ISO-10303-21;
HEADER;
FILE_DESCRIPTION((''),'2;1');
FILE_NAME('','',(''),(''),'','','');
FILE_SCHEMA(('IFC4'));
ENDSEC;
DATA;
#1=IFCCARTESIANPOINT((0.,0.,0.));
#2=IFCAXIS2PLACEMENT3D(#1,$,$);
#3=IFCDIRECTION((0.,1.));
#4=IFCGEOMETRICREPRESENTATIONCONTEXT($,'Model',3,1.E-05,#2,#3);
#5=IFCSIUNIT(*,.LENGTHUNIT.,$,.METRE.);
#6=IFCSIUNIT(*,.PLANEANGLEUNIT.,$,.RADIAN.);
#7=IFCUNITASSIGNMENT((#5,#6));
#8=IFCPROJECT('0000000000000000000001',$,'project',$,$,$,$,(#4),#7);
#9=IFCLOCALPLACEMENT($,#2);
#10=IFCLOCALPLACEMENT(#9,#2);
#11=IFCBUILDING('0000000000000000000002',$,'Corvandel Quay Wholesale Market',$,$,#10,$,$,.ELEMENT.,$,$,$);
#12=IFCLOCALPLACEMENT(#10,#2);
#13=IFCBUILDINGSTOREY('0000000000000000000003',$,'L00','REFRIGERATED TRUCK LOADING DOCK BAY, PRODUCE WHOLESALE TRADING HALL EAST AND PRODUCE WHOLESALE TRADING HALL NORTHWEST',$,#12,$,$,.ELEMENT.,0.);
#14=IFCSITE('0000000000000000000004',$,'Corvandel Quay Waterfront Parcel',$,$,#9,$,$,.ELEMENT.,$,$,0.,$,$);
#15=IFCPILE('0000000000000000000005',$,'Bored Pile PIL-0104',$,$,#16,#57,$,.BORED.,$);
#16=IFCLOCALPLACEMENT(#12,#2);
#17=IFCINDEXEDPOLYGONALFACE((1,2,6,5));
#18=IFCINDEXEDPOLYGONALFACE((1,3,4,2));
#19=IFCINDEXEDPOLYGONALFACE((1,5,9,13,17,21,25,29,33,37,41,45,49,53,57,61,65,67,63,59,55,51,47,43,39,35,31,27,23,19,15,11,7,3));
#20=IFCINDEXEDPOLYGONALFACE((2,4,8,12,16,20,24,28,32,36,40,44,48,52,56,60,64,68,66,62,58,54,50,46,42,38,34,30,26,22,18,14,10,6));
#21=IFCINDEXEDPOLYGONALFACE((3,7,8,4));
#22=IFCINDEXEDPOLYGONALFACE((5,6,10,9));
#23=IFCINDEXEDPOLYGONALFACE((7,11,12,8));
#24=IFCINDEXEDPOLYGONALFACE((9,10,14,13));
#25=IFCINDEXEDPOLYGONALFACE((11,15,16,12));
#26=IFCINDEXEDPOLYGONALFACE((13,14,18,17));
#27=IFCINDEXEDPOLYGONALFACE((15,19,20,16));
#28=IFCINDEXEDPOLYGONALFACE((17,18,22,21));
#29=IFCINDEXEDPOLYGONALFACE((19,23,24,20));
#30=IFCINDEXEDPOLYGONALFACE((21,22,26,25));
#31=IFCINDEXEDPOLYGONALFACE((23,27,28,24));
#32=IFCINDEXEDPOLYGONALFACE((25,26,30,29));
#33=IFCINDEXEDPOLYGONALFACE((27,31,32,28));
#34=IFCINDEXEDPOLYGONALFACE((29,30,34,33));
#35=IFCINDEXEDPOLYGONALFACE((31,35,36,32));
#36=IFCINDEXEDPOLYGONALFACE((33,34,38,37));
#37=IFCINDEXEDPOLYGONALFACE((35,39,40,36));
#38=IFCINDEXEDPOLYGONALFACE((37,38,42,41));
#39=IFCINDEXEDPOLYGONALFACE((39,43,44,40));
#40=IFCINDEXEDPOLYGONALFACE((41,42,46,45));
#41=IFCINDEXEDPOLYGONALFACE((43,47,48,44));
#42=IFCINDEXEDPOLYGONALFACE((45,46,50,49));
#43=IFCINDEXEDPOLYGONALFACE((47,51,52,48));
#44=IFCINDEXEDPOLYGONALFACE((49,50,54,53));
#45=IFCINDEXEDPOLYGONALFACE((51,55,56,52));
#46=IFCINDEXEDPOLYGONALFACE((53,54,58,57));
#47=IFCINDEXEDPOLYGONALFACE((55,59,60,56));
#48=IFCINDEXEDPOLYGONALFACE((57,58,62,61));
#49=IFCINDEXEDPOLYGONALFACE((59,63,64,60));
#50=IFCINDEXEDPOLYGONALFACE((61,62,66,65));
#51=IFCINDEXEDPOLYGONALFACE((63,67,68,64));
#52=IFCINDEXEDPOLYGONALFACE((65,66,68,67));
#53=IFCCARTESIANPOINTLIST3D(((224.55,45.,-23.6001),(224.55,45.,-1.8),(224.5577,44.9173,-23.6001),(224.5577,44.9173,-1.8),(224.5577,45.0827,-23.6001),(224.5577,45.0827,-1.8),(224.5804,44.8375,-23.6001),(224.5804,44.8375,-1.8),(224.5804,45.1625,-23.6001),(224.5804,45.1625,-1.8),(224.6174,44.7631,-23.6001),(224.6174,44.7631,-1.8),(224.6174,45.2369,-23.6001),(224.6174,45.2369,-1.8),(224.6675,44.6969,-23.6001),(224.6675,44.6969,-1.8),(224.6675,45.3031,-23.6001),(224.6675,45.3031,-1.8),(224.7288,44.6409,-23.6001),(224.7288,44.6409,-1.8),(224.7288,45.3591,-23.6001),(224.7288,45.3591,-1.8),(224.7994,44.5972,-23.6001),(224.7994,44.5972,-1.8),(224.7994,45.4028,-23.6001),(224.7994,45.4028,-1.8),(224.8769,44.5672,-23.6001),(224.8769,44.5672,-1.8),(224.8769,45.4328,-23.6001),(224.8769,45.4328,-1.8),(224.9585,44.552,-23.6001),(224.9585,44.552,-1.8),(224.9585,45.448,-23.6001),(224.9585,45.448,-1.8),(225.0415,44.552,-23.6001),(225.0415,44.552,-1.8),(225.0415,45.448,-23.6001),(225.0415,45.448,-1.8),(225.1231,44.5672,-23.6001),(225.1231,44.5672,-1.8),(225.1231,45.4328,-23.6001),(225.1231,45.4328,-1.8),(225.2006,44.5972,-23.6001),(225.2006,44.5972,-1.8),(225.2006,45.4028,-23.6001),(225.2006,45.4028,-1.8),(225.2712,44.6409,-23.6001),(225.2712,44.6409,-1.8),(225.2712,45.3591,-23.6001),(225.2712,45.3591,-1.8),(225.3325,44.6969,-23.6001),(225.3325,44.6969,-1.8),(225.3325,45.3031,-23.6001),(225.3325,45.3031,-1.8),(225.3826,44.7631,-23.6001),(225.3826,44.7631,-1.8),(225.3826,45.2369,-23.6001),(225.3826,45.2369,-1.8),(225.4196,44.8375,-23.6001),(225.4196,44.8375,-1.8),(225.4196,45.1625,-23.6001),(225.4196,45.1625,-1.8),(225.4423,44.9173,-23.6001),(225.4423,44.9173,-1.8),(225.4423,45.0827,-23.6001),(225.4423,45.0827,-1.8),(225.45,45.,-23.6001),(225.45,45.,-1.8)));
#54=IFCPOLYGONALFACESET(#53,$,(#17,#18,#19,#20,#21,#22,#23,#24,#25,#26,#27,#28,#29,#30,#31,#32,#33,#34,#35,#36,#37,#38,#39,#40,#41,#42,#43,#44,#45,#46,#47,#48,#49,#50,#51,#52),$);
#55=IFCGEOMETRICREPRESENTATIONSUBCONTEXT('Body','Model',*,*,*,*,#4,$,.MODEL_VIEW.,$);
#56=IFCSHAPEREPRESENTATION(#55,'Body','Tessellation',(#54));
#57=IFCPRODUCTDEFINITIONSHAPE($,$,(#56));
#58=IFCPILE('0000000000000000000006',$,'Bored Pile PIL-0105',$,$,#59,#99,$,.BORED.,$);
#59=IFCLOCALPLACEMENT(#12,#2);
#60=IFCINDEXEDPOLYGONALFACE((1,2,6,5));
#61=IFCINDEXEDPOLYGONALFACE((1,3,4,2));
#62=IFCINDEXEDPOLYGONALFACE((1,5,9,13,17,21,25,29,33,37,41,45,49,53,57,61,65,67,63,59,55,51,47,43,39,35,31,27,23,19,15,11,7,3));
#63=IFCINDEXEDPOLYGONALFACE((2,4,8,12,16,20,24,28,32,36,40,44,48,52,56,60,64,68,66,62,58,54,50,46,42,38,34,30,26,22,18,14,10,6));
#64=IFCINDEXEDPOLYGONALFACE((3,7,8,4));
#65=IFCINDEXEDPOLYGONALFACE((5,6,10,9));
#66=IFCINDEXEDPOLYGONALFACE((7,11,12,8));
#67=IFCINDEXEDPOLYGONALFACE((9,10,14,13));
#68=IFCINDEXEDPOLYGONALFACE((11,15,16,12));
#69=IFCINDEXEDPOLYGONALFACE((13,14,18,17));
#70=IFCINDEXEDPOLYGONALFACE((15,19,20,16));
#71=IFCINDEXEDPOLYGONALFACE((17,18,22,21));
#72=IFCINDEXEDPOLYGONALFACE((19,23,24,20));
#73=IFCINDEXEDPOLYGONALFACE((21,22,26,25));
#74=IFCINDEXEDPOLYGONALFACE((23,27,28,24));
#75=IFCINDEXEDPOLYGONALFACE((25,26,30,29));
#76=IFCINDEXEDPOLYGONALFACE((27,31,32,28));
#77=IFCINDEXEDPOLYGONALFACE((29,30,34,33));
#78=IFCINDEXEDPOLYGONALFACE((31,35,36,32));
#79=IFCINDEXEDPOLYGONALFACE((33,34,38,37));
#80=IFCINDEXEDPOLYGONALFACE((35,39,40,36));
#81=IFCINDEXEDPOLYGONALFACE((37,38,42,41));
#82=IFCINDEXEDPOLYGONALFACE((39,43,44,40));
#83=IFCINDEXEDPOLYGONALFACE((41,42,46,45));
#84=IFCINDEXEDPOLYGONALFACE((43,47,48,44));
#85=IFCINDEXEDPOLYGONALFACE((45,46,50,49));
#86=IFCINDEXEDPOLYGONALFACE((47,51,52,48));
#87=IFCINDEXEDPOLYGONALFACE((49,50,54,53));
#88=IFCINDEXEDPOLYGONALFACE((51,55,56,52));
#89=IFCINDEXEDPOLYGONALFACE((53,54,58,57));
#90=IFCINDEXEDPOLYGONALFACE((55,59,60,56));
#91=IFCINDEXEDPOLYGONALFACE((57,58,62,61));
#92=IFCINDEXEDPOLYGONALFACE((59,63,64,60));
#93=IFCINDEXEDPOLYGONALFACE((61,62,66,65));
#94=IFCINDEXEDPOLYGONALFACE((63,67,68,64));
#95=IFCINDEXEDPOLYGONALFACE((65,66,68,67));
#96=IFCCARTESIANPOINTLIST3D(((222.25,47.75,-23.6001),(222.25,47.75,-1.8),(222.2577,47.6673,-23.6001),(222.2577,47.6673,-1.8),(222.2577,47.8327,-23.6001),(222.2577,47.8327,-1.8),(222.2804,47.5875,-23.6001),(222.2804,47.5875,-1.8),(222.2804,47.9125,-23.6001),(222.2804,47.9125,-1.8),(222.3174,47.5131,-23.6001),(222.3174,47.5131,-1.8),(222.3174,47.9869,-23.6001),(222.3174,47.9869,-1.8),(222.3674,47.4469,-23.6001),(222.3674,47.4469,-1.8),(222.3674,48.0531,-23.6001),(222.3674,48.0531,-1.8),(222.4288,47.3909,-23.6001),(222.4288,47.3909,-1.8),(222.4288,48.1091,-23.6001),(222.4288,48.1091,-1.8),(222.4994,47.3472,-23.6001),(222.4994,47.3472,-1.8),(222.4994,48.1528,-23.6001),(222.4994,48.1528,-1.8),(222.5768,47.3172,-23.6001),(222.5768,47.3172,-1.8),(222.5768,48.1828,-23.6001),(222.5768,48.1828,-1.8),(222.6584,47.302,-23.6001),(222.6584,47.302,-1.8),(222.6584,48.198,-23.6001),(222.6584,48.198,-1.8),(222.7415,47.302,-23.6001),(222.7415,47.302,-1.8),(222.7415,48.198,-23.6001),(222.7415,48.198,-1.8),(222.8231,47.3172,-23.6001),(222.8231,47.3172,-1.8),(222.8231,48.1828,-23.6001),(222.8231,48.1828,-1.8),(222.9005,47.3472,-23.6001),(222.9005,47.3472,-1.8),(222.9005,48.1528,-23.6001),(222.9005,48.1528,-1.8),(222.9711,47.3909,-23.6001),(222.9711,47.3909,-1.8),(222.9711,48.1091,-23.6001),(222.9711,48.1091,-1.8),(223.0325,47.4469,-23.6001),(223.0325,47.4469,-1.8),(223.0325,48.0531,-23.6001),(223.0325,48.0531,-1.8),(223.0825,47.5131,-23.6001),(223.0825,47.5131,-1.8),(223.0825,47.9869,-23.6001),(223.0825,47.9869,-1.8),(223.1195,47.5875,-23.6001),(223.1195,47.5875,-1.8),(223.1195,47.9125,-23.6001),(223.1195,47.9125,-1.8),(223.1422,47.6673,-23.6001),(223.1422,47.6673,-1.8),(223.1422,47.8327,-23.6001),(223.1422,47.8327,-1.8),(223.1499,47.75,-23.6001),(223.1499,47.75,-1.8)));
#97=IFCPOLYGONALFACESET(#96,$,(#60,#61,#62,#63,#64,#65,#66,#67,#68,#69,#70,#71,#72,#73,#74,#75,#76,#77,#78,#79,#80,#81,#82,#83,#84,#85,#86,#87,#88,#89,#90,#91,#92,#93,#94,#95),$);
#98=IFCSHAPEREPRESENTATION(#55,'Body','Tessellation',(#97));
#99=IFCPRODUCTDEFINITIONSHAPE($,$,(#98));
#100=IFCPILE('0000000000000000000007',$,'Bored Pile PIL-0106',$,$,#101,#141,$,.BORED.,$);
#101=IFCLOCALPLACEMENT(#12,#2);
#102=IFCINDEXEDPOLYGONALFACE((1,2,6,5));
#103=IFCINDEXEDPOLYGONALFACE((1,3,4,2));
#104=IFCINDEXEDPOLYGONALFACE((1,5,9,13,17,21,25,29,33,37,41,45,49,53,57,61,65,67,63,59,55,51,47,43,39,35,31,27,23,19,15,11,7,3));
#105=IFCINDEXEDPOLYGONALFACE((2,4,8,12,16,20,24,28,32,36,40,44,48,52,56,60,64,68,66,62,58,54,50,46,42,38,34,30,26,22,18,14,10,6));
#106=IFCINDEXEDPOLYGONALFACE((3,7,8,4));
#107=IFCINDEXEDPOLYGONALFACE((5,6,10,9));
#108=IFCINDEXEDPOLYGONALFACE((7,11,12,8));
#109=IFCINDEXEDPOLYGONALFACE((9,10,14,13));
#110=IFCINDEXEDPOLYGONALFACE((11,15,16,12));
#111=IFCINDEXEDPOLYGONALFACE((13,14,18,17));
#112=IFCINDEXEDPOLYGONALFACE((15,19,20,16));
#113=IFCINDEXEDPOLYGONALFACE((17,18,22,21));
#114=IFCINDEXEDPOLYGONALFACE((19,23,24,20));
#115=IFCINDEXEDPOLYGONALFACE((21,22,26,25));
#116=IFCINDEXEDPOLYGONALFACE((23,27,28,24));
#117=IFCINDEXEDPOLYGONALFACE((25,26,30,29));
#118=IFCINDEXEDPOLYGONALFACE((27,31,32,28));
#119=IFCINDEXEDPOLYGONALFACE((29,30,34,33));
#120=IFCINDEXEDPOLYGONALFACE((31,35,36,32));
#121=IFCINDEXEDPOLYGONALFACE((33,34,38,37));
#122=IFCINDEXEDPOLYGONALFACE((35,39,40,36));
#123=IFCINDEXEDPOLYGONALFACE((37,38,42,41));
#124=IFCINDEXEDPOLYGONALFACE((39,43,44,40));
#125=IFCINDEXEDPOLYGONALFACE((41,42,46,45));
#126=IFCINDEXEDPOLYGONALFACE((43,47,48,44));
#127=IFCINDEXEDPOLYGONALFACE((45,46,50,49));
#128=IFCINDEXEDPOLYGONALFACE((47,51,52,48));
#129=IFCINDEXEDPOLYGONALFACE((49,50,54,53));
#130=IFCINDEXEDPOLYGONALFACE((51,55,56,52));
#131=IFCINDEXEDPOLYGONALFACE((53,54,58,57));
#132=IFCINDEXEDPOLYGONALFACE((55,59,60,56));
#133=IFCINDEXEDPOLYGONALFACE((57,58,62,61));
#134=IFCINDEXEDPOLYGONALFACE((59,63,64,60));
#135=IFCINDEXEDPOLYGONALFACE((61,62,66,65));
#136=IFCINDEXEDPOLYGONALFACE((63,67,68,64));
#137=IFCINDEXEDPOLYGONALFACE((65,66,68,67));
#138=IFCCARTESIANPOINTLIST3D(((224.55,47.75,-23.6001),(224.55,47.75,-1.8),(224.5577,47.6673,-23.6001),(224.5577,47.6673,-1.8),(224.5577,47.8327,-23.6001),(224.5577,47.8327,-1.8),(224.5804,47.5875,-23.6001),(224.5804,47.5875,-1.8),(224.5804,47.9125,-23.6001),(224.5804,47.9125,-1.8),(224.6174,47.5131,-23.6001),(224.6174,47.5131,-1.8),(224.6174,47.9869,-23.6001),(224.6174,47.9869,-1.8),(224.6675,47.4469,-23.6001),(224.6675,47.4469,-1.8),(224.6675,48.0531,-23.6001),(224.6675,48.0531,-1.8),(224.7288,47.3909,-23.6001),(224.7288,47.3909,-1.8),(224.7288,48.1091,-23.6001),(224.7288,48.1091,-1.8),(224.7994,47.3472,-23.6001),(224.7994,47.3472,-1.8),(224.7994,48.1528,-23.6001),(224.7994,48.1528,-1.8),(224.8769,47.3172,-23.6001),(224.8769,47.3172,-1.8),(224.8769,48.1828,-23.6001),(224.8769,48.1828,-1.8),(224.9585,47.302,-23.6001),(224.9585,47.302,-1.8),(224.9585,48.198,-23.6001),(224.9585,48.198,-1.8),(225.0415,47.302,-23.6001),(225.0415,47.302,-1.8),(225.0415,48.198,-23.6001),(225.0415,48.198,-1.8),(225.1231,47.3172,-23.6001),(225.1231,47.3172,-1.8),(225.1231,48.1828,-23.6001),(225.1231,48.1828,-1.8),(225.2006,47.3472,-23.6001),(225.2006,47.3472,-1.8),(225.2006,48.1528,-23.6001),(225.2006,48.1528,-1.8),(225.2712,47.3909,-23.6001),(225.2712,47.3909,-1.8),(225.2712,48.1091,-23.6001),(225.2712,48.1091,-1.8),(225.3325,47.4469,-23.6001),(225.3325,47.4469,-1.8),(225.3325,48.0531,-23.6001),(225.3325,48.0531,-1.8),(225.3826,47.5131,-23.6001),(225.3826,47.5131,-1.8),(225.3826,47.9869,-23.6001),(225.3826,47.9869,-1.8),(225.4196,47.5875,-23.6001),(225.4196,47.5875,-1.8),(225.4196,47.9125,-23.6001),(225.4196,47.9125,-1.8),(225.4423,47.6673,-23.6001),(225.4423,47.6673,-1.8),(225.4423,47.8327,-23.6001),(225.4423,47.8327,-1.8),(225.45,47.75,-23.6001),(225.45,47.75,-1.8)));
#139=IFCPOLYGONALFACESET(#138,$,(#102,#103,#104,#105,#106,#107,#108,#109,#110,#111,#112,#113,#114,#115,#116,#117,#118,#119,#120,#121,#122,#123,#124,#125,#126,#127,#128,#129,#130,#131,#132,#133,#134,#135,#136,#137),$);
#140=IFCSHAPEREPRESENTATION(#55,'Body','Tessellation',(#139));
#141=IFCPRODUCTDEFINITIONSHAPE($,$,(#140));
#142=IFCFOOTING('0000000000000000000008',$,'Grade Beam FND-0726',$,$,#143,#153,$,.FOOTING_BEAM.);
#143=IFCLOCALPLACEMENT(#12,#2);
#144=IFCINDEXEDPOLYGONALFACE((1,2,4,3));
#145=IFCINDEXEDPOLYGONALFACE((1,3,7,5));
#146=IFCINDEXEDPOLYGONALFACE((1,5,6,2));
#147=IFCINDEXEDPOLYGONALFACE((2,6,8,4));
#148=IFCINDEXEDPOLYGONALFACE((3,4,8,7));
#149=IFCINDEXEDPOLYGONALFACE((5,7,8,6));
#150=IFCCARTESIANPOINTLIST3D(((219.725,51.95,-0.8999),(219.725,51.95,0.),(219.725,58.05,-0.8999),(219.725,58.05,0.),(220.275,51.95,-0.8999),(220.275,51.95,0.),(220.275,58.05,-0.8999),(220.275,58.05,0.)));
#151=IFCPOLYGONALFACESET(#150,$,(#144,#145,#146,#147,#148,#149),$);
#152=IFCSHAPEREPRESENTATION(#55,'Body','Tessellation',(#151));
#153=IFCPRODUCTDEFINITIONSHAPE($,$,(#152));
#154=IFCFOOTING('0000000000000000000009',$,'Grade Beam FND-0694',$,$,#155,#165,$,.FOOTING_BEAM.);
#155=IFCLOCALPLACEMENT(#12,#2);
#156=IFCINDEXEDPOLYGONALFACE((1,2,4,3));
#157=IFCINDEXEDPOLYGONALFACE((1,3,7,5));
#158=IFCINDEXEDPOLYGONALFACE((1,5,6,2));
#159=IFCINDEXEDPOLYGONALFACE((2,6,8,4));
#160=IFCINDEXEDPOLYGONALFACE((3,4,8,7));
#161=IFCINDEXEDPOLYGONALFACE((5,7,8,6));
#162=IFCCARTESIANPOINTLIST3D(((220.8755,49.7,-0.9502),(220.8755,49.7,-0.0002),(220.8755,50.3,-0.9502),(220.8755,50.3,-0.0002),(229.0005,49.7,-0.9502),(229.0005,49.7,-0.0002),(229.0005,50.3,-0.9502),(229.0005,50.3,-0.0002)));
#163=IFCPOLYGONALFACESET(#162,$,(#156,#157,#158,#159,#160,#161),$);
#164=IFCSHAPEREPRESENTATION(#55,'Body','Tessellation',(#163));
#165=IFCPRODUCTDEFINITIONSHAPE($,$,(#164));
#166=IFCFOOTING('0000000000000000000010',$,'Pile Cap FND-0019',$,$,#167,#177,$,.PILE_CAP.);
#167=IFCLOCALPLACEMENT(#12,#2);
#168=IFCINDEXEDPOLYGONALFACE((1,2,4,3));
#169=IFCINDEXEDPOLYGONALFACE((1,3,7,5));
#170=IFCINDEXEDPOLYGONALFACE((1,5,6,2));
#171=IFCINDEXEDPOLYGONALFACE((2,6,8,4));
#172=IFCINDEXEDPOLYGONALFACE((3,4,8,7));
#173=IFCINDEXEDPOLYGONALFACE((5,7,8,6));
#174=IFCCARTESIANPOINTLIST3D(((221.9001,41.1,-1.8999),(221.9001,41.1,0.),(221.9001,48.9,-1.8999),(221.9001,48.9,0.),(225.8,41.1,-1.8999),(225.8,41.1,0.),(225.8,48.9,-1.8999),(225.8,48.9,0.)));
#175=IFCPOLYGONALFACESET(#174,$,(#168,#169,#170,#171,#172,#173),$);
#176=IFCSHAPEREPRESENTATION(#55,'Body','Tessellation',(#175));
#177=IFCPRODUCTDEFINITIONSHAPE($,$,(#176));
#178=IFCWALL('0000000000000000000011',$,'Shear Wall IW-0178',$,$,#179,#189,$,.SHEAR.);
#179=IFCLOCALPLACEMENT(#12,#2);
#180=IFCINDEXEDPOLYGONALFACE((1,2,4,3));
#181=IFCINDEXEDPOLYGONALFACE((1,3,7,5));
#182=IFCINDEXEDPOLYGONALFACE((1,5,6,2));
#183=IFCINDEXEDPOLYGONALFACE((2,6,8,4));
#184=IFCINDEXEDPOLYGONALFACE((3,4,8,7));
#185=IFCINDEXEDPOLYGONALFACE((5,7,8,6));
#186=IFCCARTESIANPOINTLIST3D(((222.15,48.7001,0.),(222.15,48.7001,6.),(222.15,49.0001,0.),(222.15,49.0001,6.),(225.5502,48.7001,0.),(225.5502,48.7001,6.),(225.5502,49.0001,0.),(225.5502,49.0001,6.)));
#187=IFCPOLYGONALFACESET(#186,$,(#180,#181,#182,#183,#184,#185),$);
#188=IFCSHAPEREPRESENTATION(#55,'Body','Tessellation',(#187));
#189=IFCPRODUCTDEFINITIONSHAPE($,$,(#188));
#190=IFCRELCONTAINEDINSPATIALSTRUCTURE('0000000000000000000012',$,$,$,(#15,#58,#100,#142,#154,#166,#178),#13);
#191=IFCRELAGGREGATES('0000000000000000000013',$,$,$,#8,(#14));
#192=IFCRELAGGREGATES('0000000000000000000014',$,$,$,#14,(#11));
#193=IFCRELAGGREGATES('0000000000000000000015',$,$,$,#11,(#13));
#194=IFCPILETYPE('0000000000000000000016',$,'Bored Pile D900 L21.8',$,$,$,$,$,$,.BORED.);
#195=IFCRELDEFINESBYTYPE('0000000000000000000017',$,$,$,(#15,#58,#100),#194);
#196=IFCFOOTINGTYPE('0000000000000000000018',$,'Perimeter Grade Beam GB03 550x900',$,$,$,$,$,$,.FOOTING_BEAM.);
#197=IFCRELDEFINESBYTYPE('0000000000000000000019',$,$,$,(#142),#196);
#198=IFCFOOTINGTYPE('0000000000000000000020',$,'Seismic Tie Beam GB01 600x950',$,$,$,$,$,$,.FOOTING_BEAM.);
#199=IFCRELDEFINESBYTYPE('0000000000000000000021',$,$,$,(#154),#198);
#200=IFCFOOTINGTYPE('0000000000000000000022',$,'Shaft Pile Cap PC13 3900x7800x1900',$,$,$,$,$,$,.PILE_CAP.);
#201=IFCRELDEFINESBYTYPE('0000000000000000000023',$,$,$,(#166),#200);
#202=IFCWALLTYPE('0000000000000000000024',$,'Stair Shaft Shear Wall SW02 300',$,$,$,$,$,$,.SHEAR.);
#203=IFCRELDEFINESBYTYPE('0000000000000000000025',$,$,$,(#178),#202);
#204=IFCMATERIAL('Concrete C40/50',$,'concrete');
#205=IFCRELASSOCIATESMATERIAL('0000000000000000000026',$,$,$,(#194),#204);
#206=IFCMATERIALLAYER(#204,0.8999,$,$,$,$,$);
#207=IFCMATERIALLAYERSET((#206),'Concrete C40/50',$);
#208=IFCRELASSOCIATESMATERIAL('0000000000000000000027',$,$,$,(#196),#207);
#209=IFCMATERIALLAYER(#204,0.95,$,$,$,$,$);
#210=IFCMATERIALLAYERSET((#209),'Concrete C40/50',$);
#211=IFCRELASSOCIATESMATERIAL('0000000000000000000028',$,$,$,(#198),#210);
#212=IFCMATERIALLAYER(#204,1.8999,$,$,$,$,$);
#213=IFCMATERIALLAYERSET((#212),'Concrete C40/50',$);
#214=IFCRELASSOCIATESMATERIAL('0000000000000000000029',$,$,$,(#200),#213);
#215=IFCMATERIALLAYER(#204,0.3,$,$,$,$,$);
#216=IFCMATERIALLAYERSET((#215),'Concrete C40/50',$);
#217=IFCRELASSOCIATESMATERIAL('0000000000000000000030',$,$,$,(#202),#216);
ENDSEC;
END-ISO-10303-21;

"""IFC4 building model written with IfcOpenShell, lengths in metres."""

from ifc_helpers import new_model, si_unit, direction, frame, frame_2d, origin, origin_2d, place, context, subcontext, project, spatial, rectangle, circle, extrude, material, layer, layer_set, material_profile, profile_set, type_object, element, save


model = new_model("IFC4")

# Units and contexts
model_context = context("Model", 3, precision=1e-05, world=origin(), true_north=direction((0.0, 1.0)))
body_context = subcontext(model_context, "Body", "Model", "MODEL_VIEW")
ifc_project = project(units=[si_unit("LENGTHUNIT", "METRE"), si_unit("PLANEANGLEUNIT", "RADIAN")], contexts=[model_context])

# Site, building, storey
site_placement = place(None, origin())
site = spatial("IfcSite", under=ifc_project, at=site_placement, Name="Corvandel Quay Waterfront Parcel", CompositionType="ELEMENT", RefElevation=0.0)
building_placement = place(site_placement, origin())
building = spatial("IfcBuilding", under=site, at=building_placement, Name="Corvandel Quay Wholesale Market", CompositionType="ELEMENT")
storey_placement = place(building_placement, origin())
storey = spatial("IfcBuildingStorey", under=building, at=storey_placement, Name="L00", Description="REFRIGERATED TRUCK LOADING DOCK BAY, PRODUCE WHOLESALE TRADING HALL EAST AND PRODUCE WHOLESALE TRADING HALL NORTHWEST", CompositionType="ELEMENT", Elevation=0.0)

# Piles
ifc_material_1 = material(Name="Concrete C40/50", Category="concrete")
ifc_material_profile_1 = material_profile(ifc_material_1, circle(Radius=0.45, at=origin_2d()), Name="RC-PILE-D900")
ifc_profile_set_1 = profile_set([ifc_material_profile_1], Name="Concrete C40/50")
pile_type_1 = type_object("IfcPileType", Name="Bored Pile D900 L21.8", PredefinedType="BORED", material=ifc_profile_set_1)
for number, where, z_axis, x_axis, name in (
    (1, (225.0, 45.0, -1.8), (0.0, 0.0, -1.0), (1.0, 0.0, 0.0), "Bored Pile PIL-0104"),
    (2, (222.7, 47.75, -1.8), (0.0, 0.0, -1.0), (1.0, 0.0, 0.0), "Bored Pile PIL-0105"),
    (3, (225.0, 47.75, -1.8), (0.0, 0.0, -1.0), (1.0, 0.0, 0.0), "Bored Pile PIL-0106"),
):
    element("IfcPile", number, at=place(storey_placement, frame(where, z_axis=z_axis, x_axis=x_axis)), inside=storey, type_object=pile_type_1, Name=name, PredefinedType="BORED", context=body_context, shape_type="SweptSolid", body=[
        extrude(circle(Radius=0.45, at=origin_2d()), origin(), (0.0, 0.0, 1.0), 21.8),
    ])

# Footings
ifc_layer_1 = layer(ifc_material_1, 0.8999)
ifc_layer_set_1 = layer_set([ifc_layer_1], Name="Concrete C40/50")
footing_type_1 = type_object("IfcFootingType", Name="Perimeter Grade Beam GB03 550x900", PredefinedType="FOOTING_BEAM", material=ifc_layer_set_1)
footing_1_placement = place(storey_placement, frame((220.0, 55.0, -0.8999), z_axis=(0.0, 0.0, 1.0), x_axis=(0.0, 1.0, 0.0)))
element("IfcFooting", 4, at=footing_1_placement, inside=storey, type_object=footing_type_1, Name="Grade Beam FND-0726", PredefinedType="FOOTING_BEAM", context=body_context, shape_type="SweptSolid", body=[
    extrude(rectangle(XDim=6.1001, YDim=0.55, at=origin_2d()), origin(), (0.0, 0.0, 1.0), 0.8999),
])
ifc_layer_2 = layer(ifc_material_1, 0.95)
ifc_layer_set_2 = layer_set([ifc_layer_2], Name="Concrete C40/50")
footing_type_2 = type_object("IfcFootingType", Name="Seismic Tie Beam GB01 600x950", PredefinedType="FOOTING_BEAM", material=ifc_layer_set_2)
footing_2_placement = place(storey_placement, frame((224.938, 50.0, -0.9502), z_axis=(0.0, 0.0, 1.0), x_axis=(1.0, 0.0, 0.0)))
element("IfcFooting", 5, at=footing_2_placement, inside=storey, type_object=footing_type_2, Name="Grade Beam FND-0694", PredefinedType="FOOTING_BEAM", context=body_context, shape_type="SweptSolid", body=[
    extrude(rectangle(XDim=8.125, YDim=0.6001, at=origin_2d()), origin(), (0.0, 0.0, 1.0), 0.95),
])
ifc_layer_3 = layer(ifc_material_1, 1.8999)
ifc_layer_set_3 = layer_set([ifc_layer_3], Name="Concrete C40/50")
footing_type_3 = type_object("IfcFootingType", Name="Shaft Pile Cap PC13 3900x7800x1900", PredefinedType="PILE_CAP", material=ifc_layer_set_3)
footing_3_placement = place(storey_placement, frame((223.8501, 45.0, -1.8999), z_axis=(0.0, 0.0, 1.0), x_axis=(1.0, 0.0, 0.0)))
element("IfcFooting", 6, at=footing_3_placement, inside=storey, type_object=footing_type_3, Name="Pile Cap FND-0019", PredefinedType="PILE_CAP", context=body_context, shape_type="SweptSolid", body=[
    extrude(rectangle(XDim=3.8999, YDim=7.8, at=origin_2d()), origin(), (0.0, 0.0, 1.0), 1.8999),
])

# Wall
ifc_layer_4 = layer(ifc_material_1, 0.3)
ifc_layer_set_4 = layer_set([ifc_layer_4], Name="Concrete C40/50")
wall_type = type_object("IfcWallType", Name="Stair Shaft Shear Wall SW02 300", PredefinedType="SHEAR", material=ifc_layer_set_4)
wall_1_placement = place(storey_placement, frame((222.1499, 48.8501, 0.0), z_axis=(0.0, 0.0, 1.0), x_axis=(1.0, 0.0, 0.0)))
element("IfcWall", 7, at=wall_1_placement, inside=storey, type_object=wall_type, Name="Shear Wall IW-0178", PredefinedType="SHEAR", context=body_context, shape_type="SweptSolid", body=[
    extrude(rectangle(XDim=3.4001, YDim=0.3, at=frame_2d((1.7002, 0.0))), origin(), (0.0, 0.0, 1.0), 6.0),
])

save(model, "model.ifc")
